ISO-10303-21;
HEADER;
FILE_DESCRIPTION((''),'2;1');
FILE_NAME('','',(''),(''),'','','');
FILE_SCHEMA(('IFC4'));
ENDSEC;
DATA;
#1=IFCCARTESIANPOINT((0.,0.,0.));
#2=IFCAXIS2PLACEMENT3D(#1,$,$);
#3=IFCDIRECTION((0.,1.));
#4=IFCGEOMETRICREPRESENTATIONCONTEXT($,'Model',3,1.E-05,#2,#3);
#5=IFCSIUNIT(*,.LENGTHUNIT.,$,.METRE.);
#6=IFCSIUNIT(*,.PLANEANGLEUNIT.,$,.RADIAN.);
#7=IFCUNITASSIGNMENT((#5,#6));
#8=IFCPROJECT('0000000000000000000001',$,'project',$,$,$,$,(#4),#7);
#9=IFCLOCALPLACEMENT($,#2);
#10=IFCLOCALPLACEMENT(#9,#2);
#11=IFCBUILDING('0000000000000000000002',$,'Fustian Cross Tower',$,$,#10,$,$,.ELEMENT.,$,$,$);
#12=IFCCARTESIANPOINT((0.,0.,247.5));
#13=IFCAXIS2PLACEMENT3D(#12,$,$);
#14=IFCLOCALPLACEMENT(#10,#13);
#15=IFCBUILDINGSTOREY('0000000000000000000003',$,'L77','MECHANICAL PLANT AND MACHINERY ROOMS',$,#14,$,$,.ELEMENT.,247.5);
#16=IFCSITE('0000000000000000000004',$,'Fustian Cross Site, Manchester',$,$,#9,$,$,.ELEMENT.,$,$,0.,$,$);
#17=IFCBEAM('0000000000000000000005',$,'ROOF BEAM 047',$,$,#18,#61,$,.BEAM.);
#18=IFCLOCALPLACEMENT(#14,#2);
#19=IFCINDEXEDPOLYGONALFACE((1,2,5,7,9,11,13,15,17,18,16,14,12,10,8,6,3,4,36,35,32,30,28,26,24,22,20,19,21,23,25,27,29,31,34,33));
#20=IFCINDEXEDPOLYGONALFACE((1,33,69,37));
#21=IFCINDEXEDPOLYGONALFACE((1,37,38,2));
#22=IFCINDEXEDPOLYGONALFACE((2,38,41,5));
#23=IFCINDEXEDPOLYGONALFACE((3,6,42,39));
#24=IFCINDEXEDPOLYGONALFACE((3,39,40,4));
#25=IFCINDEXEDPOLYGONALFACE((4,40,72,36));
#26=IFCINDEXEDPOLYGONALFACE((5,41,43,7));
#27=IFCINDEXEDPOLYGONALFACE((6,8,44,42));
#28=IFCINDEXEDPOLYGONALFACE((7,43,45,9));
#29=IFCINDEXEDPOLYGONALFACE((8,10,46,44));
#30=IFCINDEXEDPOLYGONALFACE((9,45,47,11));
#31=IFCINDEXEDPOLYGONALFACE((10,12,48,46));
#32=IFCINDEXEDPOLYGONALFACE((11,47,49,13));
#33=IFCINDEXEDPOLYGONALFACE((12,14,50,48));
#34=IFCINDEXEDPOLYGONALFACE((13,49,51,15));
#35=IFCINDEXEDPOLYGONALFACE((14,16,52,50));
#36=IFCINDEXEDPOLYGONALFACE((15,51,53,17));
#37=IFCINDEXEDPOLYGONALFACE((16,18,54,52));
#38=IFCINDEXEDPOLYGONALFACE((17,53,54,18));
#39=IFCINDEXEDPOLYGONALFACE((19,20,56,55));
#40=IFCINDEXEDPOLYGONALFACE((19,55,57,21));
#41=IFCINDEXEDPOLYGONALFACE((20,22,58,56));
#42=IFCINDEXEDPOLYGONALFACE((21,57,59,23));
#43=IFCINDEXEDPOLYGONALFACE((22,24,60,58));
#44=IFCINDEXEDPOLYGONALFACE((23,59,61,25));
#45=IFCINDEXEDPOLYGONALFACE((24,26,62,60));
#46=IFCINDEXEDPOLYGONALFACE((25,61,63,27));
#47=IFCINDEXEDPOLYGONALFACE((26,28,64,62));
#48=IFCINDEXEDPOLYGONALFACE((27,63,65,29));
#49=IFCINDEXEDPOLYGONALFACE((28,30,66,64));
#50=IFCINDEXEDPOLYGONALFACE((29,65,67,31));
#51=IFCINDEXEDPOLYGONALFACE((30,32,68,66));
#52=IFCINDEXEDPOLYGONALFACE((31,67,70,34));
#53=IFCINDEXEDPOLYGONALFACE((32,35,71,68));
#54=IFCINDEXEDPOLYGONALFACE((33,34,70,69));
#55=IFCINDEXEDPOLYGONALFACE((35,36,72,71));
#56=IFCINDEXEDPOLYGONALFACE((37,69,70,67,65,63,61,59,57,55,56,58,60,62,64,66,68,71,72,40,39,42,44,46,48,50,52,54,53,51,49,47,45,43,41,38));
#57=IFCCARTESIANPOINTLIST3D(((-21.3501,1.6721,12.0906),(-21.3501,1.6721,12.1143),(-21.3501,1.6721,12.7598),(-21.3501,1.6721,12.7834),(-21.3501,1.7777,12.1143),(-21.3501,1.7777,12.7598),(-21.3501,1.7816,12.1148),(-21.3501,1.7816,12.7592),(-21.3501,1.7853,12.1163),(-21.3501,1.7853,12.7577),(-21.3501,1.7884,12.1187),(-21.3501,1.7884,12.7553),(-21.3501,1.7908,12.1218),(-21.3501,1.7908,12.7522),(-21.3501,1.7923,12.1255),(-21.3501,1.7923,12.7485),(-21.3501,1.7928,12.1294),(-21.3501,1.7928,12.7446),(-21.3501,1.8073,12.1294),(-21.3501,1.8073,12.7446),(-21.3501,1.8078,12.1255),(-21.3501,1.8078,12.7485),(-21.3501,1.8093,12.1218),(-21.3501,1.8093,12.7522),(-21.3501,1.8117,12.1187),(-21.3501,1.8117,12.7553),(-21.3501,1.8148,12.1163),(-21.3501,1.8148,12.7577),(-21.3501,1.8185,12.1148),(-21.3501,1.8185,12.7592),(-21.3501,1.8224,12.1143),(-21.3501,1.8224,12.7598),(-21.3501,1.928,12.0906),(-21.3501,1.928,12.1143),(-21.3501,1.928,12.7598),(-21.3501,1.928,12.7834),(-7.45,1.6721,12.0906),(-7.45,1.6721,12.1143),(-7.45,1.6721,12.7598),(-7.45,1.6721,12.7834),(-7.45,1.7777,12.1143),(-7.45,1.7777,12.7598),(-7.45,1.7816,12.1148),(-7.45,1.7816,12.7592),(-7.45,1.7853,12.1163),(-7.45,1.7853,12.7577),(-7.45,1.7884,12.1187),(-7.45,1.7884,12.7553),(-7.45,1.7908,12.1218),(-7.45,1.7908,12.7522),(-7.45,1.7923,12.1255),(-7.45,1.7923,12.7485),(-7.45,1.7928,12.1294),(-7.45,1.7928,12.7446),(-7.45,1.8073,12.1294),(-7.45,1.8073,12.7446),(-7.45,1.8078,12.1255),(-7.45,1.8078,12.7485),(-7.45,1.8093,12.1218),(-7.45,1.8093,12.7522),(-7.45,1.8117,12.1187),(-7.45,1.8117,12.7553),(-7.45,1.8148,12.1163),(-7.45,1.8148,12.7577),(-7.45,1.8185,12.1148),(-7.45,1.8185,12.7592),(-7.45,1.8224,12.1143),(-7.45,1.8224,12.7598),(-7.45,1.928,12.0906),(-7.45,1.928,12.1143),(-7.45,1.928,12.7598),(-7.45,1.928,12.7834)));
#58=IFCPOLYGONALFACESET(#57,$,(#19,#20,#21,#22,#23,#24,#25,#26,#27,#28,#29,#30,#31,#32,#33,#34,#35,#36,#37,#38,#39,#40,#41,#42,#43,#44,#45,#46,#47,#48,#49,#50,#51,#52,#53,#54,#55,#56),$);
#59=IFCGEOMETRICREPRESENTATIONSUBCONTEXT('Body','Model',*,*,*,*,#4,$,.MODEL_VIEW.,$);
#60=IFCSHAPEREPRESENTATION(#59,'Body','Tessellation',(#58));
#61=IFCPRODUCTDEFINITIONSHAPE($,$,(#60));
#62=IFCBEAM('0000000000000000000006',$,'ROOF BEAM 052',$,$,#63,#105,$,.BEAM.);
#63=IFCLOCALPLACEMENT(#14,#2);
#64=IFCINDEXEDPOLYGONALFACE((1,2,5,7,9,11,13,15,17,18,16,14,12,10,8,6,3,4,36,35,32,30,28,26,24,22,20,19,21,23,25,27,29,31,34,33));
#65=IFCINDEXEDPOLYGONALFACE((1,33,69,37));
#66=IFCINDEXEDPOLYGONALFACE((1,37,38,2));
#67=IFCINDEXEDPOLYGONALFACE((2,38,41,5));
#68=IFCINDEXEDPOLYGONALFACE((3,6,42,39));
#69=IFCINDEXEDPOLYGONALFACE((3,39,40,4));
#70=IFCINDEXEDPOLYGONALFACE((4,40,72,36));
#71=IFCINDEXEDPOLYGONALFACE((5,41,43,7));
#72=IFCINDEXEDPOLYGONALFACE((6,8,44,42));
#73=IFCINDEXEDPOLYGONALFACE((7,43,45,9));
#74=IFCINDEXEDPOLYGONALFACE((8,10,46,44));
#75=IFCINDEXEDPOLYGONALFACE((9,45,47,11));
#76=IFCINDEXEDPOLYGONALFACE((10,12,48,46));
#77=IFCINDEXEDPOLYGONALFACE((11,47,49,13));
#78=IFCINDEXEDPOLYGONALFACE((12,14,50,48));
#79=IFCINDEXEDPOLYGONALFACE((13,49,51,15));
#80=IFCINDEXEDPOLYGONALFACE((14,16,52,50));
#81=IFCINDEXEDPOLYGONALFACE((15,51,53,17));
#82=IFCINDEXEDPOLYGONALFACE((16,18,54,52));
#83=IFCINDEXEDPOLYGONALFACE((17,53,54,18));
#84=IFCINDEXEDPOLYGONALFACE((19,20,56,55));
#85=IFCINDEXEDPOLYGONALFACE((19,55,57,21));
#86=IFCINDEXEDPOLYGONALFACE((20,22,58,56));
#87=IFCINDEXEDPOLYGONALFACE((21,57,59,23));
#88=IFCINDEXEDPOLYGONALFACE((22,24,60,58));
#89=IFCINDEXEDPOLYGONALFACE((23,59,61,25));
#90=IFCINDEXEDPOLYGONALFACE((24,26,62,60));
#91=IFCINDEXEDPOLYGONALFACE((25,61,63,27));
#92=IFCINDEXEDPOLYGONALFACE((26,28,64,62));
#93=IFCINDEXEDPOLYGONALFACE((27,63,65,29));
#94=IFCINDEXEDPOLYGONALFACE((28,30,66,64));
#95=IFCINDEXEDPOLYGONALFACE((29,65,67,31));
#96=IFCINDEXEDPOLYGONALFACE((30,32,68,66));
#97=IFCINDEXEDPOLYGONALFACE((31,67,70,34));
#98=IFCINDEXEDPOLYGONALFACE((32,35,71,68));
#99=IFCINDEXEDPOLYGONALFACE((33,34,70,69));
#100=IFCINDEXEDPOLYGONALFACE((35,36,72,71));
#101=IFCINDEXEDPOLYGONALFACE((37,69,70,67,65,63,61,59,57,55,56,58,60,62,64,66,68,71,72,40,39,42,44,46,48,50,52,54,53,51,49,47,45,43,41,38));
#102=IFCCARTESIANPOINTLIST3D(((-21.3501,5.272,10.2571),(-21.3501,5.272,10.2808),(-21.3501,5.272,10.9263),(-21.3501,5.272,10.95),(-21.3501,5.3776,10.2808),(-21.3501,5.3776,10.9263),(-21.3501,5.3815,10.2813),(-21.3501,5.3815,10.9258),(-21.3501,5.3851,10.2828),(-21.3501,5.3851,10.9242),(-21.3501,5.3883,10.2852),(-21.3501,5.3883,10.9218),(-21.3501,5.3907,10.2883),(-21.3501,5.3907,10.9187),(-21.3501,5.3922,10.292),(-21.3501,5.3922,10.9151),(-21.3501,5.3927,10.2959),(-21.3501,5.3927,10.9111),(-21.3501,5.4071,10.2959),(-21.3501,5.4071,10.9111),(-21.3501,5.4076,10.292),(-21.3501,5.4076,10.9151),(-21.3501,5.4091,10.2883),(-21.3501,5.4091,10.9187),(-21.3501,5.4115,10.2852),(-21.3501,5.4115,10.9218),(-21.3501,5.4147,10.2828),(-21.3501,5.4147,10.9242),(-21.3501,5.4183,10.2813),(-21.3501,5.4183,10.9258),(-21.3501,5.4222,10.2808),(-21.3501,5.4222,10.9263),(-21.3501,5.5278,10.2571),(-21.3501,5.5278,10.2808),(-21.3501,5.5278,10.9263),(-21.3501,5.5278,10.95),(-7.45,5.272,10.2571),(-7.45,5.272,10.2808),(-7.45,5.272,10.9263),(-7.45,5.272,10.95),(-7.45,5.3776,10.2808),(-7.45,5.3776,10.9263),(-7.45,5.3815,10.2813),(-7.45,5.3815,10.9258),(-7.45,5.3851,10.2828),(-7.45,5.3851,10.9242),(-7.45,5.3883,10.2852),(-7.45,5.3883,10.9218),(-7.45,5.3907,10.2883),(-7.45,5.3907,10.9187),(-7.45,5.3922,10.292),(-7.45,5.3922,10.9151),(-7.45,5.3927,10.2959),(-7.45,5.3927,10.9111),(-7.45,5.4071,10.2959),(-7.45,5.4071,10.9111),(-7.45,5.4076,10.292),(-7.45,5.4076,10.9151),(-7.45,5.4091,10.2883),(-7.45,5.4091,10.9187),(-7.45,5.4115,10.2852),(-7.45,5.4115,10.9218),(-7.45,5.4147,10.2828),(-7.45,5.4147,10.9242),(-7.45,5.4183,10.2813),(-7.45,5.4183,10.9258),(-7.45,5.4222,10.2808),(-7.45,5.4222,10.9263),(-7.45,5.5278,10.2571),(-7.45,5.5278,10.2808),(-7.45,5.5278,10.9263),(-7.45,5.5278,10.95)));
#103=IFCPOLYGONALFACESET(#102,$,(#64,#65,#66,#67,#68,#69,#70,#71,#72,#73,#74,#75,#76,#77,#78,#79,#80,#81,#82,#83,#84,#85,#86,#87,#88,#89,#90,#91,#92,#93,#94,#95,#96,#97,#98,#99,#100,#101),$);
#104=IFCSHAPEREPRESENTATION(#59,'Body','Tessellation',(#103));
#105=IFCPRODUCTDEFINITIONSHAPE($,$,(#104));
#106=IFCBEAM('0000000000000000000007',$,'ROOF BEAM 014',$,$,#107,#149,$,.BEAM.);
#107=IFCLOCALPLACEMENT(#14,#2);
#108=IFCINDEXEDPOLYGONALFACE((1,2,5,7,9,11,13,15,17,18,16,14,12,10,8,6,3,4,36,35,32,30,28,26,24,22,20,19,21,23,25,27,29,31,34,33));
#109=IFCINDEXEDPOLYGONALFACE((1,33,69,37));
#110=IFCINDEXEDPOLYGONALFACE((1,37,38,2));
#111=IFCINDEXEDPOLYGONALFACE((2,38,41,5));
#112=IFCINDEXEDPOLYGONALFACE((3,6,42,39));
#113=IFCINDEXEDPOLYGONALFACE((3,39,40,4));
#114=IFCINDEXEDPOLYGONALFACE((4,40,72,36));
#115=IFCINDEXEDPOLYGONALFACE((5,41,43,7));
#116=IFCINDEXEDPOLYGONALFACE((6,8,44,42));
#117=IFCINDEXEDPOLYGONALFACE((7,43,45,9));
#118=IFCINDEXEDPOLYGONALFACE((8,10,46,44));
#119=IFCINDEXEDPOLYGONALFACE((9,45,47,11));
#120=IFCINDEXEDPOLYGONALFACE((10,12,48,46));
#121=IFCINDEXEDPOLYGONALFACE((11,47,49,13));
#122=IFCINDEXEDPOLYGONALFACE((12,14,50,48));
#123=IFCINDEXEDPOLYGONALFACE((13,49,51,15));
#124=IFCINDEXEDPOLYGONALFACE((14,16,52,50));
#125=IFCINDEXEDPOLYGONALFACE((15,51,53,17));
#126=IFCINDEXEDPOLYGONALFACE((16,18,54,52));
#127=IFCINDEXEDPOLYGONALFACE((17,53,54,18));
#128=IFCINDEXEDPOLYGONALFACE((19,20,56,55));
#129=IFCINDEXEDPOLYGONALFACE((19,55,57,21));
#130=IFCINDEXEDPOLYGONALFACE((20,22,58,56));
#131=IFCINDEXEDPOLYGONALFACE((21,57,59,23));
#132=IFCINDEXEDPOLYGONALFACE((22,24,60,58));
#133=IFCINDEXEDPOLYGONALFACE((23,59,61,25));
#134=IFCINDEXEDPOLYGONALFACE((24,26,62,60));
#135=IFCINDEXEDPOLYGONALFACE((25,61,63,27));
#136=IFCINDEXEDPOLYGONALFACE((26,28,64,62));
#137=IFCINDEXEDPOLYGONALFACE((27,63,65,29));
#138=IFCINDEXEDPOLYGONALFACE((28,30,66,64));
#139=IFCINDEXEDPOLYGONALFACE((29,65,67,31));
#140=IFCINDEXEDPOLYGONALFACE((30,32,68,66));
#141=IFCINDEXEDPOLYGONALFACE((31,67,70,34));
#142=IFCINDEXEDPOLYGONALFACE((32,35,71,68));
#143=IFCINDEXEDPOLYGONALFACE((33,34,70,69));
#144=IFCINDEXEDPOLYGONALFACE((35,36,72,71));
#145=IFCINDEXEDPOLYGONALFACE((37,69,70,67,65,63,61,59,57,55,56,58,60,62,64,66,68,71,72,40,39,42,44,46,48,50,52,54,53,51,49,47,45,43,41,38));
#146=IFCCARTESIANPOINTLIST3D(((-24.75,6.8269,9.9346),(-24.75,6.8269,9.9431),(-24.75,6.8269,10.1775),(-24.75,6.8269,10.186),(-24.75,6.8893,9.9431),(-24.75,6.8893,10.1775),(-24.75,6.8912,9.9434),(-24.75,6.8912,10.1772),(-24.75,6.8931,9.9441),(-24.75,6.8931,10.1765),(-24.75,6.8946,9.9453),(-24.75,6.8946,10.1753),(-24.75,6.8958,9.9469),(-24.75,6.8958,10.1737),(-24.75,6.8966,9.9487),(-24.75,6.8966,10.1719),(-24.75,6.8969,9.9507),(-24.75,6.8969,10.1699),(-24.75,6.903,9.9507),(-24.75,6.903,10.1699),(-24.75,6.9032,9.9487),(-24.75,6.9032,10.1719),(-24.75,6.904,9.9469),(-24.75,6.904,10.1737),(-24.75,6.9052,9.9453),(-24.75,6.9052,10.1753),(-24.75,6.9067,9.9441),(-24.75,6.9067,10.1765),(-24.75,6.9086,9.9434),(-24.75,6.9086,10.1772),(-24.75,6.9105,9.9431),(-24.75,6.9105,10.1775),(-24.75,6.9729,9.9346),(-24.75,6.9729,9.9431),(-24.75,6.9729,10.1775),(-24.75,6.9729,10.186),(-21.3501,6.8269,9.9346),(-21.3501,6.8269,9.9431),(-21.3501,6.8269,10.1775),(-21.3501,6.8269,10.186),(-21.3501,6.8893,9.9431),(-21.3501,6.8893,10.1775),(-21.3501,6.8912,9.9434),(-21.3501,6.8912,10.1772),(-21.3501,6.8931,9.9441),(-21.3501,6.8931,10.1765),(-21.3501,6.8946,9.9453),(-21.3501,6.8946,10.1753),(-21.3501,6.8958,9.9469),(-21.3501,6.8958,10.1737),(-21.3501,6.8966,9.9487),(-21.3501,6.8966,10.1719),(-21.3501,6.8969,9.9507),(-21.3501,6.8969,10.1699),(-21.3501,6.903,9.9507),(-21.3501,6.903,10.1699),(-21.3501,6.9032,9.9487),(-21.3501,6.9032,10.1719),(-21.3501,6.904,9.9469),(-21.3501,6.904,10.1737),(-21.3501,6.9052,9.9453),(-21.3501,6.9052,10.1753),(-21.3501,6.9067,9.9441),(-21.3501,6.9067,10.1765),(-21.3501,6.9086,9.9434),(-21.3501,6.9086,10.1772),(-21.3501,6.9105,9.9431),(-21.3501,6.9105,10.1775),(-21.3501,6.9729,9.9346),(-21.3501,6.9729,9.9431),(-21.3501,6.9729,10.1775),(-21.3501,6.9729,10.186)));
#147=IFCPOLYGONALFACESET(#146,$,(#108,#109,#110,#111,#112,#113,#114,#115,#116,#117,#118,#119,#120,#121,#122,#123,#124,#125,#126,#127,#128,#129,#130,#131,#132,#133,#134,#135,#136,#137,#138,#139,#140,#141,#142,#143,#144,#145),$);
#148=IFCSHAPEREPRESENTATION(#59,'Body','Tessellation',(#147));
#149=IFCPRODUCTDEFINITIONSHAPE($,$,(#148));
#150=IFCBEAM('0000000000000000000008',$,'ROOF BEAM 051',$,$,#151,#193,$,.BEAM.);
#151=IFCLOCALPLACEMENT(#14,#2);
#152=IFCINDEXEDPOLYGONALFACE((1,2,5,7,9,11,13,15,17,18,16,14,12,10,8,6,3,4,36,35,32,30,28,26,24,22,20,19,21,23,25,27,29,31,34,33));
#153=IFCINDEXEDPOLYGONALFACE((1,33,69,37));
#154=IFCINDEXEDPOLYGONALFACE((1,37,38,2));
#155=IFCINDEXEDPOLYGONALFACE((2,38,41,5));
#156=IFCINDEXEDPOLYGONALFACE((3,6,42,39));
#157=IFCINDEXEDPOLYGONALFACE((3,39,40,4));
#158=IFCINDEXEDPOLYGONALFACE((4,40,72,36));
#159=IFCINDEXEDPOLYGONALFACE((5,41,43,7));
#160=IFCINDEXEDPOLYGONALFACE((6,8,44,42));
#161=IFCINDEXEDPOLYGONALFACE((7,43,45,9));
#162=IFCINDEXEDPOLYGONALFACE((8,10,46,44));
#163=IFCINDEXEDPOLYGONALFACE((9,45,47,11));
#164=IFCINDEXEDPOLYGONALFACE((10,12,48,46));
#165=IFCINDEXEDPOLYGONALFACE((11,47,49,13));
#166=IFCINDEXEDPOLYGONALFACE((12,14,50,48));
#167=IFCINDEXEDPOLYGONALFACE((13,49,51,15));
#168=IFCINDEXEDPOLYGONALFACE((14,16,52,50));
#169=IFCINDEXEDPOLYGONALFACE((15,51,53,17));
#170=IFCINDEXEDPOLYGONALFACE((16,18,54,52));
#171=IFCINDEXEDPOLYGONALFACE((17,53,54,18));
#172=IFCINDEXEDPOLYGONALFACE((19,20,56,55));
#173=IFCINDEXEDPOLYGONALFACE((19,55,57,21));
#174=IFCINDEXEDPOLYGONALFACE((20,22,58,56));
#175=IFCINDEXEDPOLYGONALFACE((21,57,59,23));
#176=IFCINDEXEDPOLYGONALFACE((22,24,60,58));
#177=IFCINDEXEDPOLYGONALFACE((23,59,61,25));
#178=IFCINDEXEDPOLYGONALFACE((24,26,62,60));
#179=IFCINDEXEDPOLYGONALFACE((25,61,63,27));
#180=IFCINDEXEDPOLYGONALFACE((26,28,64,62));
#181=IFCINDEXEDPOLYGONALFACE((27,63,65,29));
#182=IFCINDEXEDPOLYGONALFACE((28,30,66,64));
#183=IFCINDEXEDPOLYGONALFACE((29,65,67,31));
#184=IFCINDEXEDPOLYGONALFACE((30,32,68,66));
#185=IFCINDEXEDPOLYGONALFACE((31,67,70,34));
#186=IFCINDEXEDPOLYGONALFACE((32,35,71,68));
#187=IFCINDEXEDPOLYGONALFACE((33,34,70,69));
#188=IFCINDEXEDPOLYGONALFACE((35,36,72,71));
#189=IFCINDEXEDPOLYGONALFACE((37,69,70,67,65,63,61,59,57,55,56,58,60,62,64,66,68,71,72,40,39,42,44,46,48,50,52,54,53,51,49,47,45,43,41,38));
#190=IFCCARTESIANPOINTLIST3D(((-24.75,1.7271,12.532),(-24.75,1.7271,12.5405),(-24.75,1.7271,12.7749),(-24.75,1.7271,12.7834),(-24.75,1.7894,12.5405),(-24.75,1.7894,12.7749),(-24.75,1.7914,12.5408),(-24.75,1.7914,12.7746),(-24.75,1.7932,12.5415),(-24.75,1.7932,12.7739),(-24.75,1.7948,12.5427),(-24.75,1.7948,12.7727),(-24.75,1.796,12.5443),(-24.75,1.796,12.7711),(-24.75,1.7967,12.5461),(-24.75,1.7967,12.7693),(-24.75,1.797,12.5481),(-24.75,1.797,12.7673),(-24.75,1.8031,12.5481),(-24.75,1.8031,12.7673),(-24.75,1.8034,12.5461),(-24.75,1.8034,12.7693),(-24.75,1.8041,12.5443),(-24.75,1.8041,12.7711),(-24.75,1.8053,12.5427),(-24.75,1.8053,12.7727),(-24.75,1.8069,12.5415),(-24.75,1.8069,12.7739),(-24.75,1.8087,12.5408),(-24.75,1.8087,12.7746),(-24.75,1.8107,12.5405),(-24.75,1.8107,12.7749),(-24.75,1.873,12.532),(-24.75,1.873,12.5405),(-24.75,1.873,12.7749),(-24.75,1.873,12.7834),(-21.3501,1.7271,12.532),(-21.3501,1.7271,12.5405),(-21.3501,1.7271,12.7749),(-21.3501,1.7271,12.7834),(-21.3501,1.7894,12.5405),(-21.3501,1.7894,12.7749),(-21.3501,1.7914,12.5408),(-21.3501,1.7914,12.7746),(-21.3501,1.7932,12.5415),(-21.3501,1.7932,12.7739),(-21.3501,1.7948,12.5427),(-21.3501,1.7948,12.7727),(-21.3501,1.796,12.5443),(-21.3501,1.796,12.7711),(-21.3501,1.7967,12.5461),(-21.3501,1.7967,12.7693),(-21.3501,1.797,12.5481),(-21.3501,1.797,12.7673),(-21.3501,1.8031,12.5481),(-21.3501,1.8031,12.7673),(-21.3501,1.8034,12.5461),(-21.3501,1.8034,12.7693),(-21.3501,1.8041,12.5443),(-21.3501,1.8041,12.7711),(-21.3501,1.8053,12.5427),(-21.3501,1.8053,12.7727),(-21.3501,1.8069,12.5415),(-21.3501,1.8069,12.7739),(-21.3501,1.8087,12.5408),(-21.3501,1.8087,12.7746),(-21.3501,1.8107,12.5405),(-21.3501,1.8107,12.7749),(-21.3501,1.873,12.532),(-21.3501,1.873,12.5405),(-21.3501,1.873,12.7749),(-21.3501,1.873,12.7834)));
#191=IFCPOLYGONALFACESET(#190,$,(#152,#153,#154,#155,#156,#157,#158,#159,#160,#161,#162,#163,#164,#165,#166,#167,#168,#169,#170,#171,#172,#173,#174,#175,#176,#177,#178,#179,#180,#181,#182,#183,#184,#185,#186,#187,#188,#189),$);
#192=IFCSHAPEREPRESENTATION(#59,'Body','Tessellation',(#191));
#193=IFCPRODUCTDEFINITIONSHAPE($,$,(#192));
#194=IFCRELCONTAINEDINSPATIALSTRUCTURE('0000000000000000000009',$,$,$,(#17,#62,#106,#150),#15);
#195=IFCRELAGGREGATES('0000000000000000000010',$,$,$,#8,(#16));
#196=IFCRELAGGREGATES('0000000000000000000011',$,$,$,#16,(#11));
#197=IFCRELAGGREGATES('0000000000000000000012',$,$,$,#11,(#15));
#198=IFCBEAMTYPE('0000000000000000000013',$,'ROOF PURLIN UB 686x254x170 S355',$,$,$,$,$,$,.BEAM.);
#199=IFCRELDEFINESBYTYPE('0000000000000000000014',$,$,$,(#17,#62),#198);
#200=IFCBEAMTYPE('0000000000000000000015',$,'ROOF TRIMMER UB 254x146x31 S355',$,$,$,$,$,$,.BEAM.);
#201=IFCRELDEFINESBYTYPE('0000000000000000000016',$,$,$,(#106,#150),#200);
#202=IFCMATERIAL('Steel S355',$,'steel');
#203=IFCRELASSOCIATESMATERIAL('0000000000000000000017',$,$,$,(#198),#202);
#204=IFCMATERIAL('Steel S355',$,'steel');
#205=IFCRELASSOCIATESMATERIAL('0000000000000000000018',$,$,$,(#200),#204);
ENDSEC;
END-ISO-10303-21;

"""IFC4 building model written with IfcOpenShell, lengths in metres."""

from ifc_helpers import new_model, si_unit, direction, frame, origin, origin_2d, place, context, subcontext, project, spatial, i_section, extrude, material, material_profile, profile_set, type_object, element, save


model = new_model("IFC4")

# Units and contexts
model_context = context("Model", 3, precision=1e-05, world=origin(), true_north=direction((0.0, 1.0)))
body_context = subcontext(model_context, "Body", "Model", "MODEL_VIEW")
ifc_project = project(units=[si_unit("LENGTHUNIT", "METRE"), si_unit("PLANEANGLEUNIT", "RADIAN")], contexts=[model_context])

# Site, building, storey
site_placement = place(None, origin())
site = spatial("IfcSite", under=ifc_project, at=site_placement, Name="Fustian Cross Site, Manchester", CompositionType="ELEMENT", RefElevation=0.0)
building_placement = place(site_placement, origin())
building = spatial("IfcBuilding", under=site, at=building_placement, Name="Fustian Cross Tower", CompositionType="ELEMENT")
storey_placement = place(building_placement, frame((0.0, 0.0, 247.5)))
storey = spatial("IfcBuildingStorey", under=building, at=storey_placement, Name="L77", Description="MECHANICAL PLANT AND MACHINERY ROOMS", CompositionType="ELEMENT", Elevation=247.5)

# Beams
ifc_material_1 = material(Name="Steel S355", Category="steel")
ifc_material_profile_1 = material_profile(ifc_material_1, i_section(OverallWidth=0.2559, OverallDepth=0.6929, WebThickness=0.0144, FlangeThickness=0.0237, FilletRadius=0.0151, at=origin_2d()), Name="UB 686x254x170")
ifc_profile_set_1 = profile_set([ifc_material_profile_1], Name="Steel S355")
beam_type_1 = type_object("IfcBeamType", Name="ROOF PURLIN UB 686x254x170 S355", PredefinedType="BEAM", material=ifc_profile_set_1)
for number, where, z_axis, x_axis, name in (
    (1, (-21.3501, 1.8, 12.437), (1.0, 0.0, 0.0), (0.0, 1.0, 0.0), "ROOF BEAM 047"),
    (2, (-21.3501, 5.3999, 10.6035), (1.0, 0.0, 0.0), (0.0, 1.0, 0.0), "ROOF BEAM 052"),
):
    element("IfcBeam", number, at=place(storey_placement, frame(where, z_axis=z_axis, x_axis=x_axis)), inside=storey, type_object=beam_type_1, Name=name, PredefinedType="BEAM", context=body_context, shape_type="SweptSolid", body=[
        extrude(i_section(OverallWidth=0.2559, OverallDepth=0.6929, WebThickness=0.0144, FlangeThickness=0.0237, FilletRadius=0.0151, at=origin_2d()), origin(), (0.0, 0.0, 1.0), 13.9001),
    ])
ifc_material_2 = material(Name="Steel S355", Category="steel")
ifc_material_profile_2 = material_profile(ifc_material_2, i_section(OverallWidth=0.146, OverallDepth=0.2515, WebThickness=0.0061, FlangeThickness=0.0085, FilletRadius=0.0076, at=origin_2d()), Name="UB 254x146x31")
ifc_profile_set_2 = profile_set([ifc_material_profile_2], Name="Steel S355")
beam_type_2 = type_object("IfcBeamType", Name="ROOF TRIMMER UB 254x146x31 S355", PredefinedType="BEAM", material=ifc_profile_set_2)
for number, where, z_axis, x_axis, name in (
    (3, (-21.3501, 6.8999, 10.0603), (-1.0, 0.0, 0.0), (0.0, -1.0, 0.0), "ROOF BEAM 014"),
    (4, (-21.3501, 1.8, 12.6577), (-1.0, 0.0, 0.0), (0.0, -1.0, 0.0), "ROOF BEAM 051"),
):
    element("IfcBeam", number, at=place(storey_placement, frame(where, z_axis=z_axis, x_axis=x_axis)), inside=storey, type_object=beam_type_2, Name=name, PredefinedType="BEAM", context=body_context, shape_type="SweptSolid", body=[
        extrude(i_section(OverallWidth=0.146, OverallDepth=0.2515, WebThickness=0.0061, FlangeThickness=0.0085, FilletRadius=0.0076, at=origin_2d()), origin(), (0.0, 0.0, 1.0), 3.3999),
    ])

save(model, "model.ifc")
